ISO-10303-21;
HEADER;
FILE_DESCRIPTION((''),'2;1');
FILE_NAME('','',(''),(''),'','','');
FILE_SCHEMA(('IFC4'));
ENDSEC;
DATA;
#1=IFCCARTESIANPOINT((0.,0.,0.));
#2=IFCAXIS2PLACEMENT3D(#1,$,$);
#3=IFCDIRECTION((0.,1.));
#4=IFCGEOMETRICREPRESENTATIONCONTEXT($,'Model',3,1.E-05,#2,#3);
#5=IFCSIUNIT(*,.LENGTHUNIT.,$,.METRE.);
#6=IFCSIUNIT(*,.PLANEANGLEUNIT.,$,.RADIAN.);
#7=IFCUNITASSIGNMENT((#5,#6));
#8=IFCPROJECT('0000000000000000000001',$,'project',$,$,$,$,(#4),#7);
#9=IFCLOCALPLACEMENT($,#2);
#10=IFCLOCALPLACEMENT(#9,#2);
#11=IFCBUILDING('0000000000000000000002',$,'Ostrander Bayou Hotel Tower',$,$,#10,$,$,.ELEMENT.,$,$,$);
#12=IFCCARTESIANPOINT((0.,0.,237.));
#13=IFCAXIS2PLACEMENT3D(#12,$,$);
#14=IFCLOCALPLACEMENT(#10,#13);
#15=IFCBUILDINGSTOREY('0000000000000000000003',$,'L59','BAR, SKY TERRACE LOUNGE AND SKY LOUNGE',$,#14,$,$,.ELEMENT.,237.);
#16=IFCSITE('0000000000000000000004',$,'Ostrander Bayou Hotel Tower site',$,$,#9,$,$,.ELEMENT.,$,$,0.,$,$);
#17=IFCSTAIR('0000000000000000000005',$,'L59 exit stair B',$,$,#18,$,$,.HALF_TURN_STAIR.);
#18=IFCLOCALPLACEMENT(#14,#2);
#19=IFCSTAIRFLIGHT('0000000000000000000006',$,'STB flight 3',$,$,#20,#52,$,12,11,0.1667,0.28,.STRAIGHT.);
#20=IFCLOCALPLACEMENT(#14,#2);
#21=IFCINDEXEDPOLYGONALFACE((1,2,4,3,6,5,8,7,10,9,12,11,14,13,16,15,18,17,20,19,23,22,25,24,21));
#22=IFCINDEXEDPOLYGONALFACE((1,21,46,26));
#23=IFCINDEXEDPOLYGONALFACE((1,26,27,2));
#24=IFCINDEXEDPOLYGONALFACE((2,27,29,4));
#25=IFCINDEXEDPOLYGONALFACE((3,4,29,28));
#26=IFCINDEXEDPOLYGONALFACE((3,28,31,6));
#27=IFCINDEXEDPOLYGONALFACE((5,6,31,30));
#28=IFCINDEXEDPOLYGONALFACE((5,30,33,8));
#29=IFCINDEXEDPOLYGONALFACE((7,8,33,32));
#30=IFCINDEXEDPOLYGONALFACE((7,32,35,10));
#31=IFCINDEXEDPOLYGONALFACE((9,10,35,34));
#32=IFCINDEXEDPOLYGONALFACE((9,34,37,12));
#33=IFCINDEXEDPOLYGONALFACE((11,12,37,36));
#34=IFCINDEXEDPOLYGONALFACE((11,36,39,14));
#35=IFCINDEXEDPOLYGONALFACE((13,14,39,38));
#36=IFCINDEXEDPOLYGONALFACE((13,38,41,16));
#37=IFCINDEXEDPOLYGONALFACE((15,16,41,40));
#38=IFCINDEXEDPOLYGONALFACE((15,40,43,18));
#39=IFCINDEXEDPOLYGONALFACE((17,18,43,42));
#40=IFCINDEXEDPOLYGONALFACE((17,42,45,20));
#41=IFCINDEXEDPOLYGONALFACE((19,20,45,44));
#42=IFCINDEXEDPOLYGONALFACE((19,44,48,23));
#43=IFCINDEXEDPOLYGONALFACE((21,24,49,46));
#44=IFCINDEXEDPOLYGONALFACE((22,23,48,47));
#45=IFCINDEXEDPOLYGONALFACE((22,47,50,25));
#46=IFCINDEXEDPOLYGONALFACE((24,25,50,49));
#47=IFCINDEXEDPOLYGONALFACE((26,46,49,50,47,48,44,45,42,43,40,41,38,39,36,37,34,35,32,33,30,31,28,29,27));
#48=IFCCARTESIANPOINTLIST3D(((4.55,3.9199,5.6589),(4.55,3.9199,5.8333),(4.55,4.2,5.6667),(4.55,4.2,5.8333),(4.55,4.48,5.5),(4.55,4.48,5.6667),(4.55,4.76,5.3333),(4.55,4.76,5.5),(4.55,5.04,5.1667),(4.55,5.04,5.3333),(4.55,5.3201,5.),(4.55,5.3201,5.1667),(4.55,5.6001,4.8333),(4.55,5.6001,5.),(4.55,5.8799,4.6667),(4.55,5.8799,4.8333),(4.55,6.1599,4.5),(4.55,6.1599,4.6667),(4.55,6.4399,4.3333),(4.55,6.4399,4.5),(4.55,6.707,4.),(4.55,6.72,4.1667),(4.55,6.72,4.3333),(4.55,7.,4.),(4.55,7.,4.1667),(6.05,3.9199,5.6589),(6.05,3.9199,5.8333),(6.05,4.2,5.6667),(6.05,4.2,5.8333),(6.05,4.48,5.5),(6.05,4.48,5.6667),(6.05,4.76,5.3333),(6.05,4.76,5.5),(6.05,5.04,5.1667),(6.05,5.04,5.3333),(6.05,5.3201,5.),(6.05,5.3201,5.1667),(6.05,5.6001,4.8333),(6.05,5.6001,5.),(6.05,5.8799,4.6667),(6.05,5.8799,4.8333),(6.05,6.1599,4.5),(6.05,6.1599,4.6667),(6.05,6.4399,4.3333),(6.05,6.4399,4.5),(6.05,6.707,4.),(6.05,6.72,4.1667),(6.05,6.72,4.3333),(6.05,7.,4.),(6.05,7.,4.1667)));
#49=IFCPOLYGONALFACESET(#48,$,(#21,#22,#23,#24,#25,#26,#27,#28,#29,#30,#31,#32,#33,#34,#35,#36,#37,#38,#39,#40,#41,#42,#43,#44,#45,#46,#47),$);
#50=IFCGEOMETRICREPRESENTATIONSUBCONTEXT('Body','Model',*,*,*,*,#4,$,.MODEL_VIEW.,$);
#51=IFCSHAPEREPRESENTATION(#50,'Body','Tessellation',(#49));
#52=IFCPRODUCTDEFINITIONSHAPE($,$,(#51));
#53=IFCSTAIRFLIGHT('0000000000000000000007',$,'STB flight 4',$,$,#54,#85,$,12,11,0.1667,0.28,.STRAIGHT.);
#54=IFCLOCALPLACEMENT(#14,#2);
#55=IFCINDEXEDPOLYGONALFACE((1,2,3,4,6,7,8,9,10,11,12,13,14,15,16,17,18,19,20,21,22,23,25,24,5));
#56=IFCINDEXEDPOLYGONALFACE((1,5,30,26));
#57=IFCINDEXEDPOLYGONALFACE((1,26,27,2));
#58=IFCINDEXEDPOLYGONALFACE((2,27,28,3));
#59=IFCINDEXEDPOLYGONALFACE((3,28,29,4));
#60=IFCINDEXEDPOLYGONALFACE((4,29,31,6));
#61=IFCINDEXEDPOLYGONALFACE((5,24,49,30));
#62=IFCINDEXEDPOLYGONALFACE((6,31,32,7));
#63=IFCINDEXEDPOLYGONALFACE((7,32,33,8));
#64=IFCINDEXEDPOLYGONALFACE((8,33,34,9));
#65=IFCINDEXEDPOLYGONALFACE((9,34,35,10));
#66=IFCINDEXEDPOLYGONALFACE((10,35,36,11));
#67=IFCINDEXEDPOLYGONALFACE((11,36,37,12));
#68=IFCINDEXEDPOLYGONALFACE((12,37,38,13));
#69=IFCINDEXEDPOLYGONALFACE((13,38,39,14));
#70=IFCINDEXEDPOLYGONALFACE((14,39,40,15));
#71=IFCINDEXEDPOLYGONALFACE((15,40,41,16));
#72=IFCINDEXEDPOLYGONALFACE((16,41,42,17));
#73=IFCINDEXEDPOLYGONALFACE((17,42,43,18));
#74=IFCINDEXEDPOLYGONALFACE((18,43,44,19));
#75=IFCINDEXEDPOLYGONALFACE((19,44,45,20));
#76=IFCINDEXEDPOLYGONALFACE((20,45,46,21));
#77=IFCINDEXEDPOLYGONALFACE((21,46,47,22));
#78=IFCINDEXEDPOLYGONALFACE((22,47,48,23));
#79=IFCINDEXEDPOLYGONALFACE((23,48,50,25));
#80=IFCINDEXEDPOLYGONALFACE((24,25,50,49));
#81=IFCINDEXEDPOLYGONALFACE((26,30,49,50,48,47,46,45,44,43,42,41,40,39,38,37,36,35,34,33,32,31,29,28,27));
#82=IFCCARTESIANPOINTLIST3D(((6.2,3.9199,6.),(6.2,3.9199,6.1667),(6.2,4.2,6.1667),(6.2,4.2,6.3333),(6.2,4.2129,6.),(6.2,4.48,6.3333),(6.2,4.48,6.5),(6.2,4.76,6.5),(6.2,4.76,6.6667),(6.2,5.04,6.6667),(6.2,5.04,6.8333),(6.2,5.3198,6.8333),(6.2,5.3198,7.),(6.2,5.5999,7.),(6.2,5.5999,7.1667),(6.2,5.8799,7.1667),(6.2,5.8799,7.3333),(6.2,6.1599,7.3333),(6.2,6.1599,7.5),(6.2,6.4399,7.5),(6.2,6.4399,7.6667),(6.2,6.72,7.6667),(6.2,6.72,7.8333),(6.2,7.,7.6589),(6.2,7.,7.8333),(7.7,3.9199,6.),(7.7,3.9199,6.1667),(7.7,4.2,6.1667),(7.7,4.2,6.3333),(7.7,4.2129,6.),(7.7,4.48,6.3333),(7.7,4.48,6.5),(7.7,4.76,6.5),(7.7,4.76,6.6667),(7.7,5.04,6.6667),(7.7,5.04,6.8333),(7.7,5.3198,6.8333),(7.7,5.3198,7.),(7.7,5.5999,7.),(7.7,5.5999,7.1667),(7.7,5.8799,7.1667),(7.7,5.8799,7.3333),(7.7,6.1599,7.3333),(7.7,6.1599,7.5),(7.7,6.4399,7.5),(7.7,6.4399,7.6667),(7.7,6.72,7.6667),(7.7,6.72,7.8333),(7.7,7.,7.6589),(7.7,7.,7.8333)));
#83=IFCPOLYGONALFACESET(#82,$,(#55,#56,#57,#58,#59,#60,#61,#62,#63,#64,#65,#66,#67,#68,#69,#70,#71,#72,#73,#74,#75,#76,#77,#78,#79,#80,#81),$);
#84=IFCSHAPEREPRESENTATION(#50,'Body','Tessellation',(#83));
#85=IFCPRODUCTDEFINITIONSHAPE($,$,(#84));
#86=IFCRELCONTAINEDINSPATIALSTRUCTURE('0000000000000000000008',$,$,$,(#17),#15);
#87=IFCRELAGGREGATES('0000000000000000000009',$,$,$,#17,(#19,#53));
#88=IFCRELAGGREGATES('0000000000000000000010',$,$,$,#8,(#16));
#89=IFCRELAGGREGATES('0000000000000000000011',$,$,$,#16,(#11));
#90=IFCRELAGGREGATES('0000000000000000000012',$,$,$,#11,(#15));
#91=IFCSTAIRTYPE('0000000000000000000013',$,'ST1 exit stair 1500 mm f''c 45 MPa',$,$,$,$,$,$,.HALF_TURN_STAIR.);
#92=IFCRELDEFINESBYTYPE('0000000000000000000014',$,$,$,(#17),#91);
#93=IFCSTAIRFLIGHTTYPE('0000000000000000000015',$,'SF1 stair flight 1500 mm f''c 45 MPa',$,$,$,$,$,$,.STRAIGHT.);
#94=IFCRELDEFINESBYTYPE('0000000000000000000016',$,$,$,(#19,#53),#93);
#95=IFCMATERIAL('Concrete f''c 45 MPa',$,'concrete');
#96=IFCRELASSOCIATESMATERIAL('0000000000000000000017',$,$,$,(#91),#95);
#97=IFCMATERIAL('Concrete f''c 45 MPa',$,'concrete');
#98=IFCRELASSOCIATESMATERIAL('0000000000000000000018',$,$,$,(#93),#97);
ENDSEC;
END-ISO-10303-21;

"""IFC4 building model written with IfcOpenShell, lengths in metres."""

from ifc_helpers import new_model, si_unit, direction, frame, origin, place, context, subcontext, project, spatial, polyline, outline, extrude, material, type_object, element, aggregate, save


model = new_model("IFC4")

# Units and contexts
model_context = context("Model", 3, precision=1e-05, world=origin(), true_north=direction((0.0, 1.0)))
body_context = subcontext(model_context, "Body", "Model", "MODEL_VIEW")
ifc_project = project(units=[si_unit("LENGTHUNIT", "METRE"), si_unit("PLANEANGLEUNIT", "RADIAN")], contexts=[model_context])

# Site, building, storey
site_placement = place(None, origin())
site = spatial("IfcSite", under=ifc_project, at=site_placement, Name="Ostrander Bayou Hotel Tower site", CompositionType="ELEMENT", RefElevation=0.0)
building_placement = place(site_placement, origin())
building = spatial("IfcBuilding", under=site, at=building_placement, Name="Ostrander Bayou Hotel Tower", CompositionType="ELEMENT")
storey_placement = place(building_placement, frame((0.0, 0.0, 237.0)))
storey = spatial("IfcBuildingStorey", under=building, at=storey_placement, Name="L59", Description="BAR, SKY TERRACE LOUNGE AND SKY LOUNGE", CompositionType="ELEMENT", Elevation=237.0)

# Stair, stair flights
ifc_material_1 = material(Name="Concrete f'c 45 MPa", Category="concrete")
stair_type = type_object("IfcStairType", Name="ST1 exit stair 1500 mm f'c 45 MPa", PredefinedType="HALF_TURN_STAIR", material=ifc_material_1)
stair_placement = place(storey_placement, origin())
stair = element("IfcStair", 1, at=stair_placement, inside=storey, type_object=stair_type, Name="L59 exit stair B", PredefinedType="HALF_TURN_STAIR")
ifc_material_2 = material(Name="Concrete f'c 45 MPa", Category="concrete")
stair_flight_type = type_object("IfcStairFlightType", Name="SF1 stair flight 1500 mm f'c 45 MPa", PredefinedType="STRAIGHT", material=ifc_material_2)
stair_flight_1_placement = place(storey_placement, frame((5.3, 7.0, 4.0), z_axis=(0.0, 0.0, 1.0), x_axis=(0.0, -1.0, 0.0)))
stair_flight_1 = element("IfcStairFlight", 2, at=stair_flight_1_placement, type_object=stair_flight_type, Name="STB flight 3", NumberOfRisers=12, NumberOfTreads=11, PredefinedType="STRAIGHT", RiserHeight=0.1667, TreadLength=0.28, context=body_context, shape_type="SweptSolid", body=[
    extrude(outline(polyline([(0.0, 0.0), (0.0, 0.1667), (0.28, 0.1667), (0.28, 0.3333), (0.5601, 0.3333), (0.5601, 0.5), (0.8401, 0.5), (0.8401, 0.6667), (1.1201, 0.6667), (1.1201, 0.8333), (1.3999, 0.8333), (1.3999, 1.0), (1.6799, 1.0), (1.6799, 1.1667), (1.96, 1.1667), (1.96, 1.3333), (2.24, 1.3333), (2.24, 1.5), (2.52, 1.5), (2.52, 1.6667), (2.8, 1.6667), (2.8, 1.8333), (3.0801, 1.8333), (3.0801, 2.0), (3.0801, 1.6589), (0.293, 0.0), (0.0, 0.0)])), frame((0.0, 0.75, 0.0), z_axis=(0.0, -1.0, 0.0), x_axis=(1.0, 0.0, 0.0)), (0.0, 0.0, 1.0), 1.5),
])
stair_flight_2_placement = place(storey_placement, frame((6.95, 3.9199, 6.0), z_axis=(0.0, 0.0, 1.0), x_axis=(0.0, 1.0, 0.0)))
stair_flight_2 = element("IfcStairFlight", 3, at=stair_flight_2_placement, type_object=stair_flight_type, Name="STB flight 4", NumberOfRisers=12, NumberOfTreads=11, PredefinedType="STRAIGHT", RiserHeight=0.1667, TreadLength=0.28, context=body_context, shape_type="SweptSolid", body=[
    extrude(outline(polyline([(0.0, 0.0), (0.0, 0.1667), (0.28, 0.1667), (0.28, 0.3333), (0.5601, 0.3333), (0.5601, 0.5), (0.8401, 0.5), (0.8401, 0.6667), (1.1201, 0.6667), (1.1201, 0.8333), (1.3999, 0.8333), (1.3999, 1.0), (1.6799, 1.0), (1.6799, 1.1667), (1.96, 1.1667), (1.96, 1.3333), (2.24, 1.3333), (2.24, 1.5), (2.52, 1.5), (2.52, 1.6667), (2.8, 1.6667), (2.8, 1.8333), (3.0801, 1.8333), (3.0801, 2.0), (3.0801, 1.6589), (0.293, 0.0), (0.0, 0.0)])), frame((0.0, 0.75, 0.0), z_axis=(0.0, -1.0, 0.0), x_axis=(1.0, 0.0, 0.0)), (0.0, 0.0, 1.0), 1.5),
])
aggregate(stair, [stair_flight_1, stair_flight_2])

save(model, "model.ifc")
